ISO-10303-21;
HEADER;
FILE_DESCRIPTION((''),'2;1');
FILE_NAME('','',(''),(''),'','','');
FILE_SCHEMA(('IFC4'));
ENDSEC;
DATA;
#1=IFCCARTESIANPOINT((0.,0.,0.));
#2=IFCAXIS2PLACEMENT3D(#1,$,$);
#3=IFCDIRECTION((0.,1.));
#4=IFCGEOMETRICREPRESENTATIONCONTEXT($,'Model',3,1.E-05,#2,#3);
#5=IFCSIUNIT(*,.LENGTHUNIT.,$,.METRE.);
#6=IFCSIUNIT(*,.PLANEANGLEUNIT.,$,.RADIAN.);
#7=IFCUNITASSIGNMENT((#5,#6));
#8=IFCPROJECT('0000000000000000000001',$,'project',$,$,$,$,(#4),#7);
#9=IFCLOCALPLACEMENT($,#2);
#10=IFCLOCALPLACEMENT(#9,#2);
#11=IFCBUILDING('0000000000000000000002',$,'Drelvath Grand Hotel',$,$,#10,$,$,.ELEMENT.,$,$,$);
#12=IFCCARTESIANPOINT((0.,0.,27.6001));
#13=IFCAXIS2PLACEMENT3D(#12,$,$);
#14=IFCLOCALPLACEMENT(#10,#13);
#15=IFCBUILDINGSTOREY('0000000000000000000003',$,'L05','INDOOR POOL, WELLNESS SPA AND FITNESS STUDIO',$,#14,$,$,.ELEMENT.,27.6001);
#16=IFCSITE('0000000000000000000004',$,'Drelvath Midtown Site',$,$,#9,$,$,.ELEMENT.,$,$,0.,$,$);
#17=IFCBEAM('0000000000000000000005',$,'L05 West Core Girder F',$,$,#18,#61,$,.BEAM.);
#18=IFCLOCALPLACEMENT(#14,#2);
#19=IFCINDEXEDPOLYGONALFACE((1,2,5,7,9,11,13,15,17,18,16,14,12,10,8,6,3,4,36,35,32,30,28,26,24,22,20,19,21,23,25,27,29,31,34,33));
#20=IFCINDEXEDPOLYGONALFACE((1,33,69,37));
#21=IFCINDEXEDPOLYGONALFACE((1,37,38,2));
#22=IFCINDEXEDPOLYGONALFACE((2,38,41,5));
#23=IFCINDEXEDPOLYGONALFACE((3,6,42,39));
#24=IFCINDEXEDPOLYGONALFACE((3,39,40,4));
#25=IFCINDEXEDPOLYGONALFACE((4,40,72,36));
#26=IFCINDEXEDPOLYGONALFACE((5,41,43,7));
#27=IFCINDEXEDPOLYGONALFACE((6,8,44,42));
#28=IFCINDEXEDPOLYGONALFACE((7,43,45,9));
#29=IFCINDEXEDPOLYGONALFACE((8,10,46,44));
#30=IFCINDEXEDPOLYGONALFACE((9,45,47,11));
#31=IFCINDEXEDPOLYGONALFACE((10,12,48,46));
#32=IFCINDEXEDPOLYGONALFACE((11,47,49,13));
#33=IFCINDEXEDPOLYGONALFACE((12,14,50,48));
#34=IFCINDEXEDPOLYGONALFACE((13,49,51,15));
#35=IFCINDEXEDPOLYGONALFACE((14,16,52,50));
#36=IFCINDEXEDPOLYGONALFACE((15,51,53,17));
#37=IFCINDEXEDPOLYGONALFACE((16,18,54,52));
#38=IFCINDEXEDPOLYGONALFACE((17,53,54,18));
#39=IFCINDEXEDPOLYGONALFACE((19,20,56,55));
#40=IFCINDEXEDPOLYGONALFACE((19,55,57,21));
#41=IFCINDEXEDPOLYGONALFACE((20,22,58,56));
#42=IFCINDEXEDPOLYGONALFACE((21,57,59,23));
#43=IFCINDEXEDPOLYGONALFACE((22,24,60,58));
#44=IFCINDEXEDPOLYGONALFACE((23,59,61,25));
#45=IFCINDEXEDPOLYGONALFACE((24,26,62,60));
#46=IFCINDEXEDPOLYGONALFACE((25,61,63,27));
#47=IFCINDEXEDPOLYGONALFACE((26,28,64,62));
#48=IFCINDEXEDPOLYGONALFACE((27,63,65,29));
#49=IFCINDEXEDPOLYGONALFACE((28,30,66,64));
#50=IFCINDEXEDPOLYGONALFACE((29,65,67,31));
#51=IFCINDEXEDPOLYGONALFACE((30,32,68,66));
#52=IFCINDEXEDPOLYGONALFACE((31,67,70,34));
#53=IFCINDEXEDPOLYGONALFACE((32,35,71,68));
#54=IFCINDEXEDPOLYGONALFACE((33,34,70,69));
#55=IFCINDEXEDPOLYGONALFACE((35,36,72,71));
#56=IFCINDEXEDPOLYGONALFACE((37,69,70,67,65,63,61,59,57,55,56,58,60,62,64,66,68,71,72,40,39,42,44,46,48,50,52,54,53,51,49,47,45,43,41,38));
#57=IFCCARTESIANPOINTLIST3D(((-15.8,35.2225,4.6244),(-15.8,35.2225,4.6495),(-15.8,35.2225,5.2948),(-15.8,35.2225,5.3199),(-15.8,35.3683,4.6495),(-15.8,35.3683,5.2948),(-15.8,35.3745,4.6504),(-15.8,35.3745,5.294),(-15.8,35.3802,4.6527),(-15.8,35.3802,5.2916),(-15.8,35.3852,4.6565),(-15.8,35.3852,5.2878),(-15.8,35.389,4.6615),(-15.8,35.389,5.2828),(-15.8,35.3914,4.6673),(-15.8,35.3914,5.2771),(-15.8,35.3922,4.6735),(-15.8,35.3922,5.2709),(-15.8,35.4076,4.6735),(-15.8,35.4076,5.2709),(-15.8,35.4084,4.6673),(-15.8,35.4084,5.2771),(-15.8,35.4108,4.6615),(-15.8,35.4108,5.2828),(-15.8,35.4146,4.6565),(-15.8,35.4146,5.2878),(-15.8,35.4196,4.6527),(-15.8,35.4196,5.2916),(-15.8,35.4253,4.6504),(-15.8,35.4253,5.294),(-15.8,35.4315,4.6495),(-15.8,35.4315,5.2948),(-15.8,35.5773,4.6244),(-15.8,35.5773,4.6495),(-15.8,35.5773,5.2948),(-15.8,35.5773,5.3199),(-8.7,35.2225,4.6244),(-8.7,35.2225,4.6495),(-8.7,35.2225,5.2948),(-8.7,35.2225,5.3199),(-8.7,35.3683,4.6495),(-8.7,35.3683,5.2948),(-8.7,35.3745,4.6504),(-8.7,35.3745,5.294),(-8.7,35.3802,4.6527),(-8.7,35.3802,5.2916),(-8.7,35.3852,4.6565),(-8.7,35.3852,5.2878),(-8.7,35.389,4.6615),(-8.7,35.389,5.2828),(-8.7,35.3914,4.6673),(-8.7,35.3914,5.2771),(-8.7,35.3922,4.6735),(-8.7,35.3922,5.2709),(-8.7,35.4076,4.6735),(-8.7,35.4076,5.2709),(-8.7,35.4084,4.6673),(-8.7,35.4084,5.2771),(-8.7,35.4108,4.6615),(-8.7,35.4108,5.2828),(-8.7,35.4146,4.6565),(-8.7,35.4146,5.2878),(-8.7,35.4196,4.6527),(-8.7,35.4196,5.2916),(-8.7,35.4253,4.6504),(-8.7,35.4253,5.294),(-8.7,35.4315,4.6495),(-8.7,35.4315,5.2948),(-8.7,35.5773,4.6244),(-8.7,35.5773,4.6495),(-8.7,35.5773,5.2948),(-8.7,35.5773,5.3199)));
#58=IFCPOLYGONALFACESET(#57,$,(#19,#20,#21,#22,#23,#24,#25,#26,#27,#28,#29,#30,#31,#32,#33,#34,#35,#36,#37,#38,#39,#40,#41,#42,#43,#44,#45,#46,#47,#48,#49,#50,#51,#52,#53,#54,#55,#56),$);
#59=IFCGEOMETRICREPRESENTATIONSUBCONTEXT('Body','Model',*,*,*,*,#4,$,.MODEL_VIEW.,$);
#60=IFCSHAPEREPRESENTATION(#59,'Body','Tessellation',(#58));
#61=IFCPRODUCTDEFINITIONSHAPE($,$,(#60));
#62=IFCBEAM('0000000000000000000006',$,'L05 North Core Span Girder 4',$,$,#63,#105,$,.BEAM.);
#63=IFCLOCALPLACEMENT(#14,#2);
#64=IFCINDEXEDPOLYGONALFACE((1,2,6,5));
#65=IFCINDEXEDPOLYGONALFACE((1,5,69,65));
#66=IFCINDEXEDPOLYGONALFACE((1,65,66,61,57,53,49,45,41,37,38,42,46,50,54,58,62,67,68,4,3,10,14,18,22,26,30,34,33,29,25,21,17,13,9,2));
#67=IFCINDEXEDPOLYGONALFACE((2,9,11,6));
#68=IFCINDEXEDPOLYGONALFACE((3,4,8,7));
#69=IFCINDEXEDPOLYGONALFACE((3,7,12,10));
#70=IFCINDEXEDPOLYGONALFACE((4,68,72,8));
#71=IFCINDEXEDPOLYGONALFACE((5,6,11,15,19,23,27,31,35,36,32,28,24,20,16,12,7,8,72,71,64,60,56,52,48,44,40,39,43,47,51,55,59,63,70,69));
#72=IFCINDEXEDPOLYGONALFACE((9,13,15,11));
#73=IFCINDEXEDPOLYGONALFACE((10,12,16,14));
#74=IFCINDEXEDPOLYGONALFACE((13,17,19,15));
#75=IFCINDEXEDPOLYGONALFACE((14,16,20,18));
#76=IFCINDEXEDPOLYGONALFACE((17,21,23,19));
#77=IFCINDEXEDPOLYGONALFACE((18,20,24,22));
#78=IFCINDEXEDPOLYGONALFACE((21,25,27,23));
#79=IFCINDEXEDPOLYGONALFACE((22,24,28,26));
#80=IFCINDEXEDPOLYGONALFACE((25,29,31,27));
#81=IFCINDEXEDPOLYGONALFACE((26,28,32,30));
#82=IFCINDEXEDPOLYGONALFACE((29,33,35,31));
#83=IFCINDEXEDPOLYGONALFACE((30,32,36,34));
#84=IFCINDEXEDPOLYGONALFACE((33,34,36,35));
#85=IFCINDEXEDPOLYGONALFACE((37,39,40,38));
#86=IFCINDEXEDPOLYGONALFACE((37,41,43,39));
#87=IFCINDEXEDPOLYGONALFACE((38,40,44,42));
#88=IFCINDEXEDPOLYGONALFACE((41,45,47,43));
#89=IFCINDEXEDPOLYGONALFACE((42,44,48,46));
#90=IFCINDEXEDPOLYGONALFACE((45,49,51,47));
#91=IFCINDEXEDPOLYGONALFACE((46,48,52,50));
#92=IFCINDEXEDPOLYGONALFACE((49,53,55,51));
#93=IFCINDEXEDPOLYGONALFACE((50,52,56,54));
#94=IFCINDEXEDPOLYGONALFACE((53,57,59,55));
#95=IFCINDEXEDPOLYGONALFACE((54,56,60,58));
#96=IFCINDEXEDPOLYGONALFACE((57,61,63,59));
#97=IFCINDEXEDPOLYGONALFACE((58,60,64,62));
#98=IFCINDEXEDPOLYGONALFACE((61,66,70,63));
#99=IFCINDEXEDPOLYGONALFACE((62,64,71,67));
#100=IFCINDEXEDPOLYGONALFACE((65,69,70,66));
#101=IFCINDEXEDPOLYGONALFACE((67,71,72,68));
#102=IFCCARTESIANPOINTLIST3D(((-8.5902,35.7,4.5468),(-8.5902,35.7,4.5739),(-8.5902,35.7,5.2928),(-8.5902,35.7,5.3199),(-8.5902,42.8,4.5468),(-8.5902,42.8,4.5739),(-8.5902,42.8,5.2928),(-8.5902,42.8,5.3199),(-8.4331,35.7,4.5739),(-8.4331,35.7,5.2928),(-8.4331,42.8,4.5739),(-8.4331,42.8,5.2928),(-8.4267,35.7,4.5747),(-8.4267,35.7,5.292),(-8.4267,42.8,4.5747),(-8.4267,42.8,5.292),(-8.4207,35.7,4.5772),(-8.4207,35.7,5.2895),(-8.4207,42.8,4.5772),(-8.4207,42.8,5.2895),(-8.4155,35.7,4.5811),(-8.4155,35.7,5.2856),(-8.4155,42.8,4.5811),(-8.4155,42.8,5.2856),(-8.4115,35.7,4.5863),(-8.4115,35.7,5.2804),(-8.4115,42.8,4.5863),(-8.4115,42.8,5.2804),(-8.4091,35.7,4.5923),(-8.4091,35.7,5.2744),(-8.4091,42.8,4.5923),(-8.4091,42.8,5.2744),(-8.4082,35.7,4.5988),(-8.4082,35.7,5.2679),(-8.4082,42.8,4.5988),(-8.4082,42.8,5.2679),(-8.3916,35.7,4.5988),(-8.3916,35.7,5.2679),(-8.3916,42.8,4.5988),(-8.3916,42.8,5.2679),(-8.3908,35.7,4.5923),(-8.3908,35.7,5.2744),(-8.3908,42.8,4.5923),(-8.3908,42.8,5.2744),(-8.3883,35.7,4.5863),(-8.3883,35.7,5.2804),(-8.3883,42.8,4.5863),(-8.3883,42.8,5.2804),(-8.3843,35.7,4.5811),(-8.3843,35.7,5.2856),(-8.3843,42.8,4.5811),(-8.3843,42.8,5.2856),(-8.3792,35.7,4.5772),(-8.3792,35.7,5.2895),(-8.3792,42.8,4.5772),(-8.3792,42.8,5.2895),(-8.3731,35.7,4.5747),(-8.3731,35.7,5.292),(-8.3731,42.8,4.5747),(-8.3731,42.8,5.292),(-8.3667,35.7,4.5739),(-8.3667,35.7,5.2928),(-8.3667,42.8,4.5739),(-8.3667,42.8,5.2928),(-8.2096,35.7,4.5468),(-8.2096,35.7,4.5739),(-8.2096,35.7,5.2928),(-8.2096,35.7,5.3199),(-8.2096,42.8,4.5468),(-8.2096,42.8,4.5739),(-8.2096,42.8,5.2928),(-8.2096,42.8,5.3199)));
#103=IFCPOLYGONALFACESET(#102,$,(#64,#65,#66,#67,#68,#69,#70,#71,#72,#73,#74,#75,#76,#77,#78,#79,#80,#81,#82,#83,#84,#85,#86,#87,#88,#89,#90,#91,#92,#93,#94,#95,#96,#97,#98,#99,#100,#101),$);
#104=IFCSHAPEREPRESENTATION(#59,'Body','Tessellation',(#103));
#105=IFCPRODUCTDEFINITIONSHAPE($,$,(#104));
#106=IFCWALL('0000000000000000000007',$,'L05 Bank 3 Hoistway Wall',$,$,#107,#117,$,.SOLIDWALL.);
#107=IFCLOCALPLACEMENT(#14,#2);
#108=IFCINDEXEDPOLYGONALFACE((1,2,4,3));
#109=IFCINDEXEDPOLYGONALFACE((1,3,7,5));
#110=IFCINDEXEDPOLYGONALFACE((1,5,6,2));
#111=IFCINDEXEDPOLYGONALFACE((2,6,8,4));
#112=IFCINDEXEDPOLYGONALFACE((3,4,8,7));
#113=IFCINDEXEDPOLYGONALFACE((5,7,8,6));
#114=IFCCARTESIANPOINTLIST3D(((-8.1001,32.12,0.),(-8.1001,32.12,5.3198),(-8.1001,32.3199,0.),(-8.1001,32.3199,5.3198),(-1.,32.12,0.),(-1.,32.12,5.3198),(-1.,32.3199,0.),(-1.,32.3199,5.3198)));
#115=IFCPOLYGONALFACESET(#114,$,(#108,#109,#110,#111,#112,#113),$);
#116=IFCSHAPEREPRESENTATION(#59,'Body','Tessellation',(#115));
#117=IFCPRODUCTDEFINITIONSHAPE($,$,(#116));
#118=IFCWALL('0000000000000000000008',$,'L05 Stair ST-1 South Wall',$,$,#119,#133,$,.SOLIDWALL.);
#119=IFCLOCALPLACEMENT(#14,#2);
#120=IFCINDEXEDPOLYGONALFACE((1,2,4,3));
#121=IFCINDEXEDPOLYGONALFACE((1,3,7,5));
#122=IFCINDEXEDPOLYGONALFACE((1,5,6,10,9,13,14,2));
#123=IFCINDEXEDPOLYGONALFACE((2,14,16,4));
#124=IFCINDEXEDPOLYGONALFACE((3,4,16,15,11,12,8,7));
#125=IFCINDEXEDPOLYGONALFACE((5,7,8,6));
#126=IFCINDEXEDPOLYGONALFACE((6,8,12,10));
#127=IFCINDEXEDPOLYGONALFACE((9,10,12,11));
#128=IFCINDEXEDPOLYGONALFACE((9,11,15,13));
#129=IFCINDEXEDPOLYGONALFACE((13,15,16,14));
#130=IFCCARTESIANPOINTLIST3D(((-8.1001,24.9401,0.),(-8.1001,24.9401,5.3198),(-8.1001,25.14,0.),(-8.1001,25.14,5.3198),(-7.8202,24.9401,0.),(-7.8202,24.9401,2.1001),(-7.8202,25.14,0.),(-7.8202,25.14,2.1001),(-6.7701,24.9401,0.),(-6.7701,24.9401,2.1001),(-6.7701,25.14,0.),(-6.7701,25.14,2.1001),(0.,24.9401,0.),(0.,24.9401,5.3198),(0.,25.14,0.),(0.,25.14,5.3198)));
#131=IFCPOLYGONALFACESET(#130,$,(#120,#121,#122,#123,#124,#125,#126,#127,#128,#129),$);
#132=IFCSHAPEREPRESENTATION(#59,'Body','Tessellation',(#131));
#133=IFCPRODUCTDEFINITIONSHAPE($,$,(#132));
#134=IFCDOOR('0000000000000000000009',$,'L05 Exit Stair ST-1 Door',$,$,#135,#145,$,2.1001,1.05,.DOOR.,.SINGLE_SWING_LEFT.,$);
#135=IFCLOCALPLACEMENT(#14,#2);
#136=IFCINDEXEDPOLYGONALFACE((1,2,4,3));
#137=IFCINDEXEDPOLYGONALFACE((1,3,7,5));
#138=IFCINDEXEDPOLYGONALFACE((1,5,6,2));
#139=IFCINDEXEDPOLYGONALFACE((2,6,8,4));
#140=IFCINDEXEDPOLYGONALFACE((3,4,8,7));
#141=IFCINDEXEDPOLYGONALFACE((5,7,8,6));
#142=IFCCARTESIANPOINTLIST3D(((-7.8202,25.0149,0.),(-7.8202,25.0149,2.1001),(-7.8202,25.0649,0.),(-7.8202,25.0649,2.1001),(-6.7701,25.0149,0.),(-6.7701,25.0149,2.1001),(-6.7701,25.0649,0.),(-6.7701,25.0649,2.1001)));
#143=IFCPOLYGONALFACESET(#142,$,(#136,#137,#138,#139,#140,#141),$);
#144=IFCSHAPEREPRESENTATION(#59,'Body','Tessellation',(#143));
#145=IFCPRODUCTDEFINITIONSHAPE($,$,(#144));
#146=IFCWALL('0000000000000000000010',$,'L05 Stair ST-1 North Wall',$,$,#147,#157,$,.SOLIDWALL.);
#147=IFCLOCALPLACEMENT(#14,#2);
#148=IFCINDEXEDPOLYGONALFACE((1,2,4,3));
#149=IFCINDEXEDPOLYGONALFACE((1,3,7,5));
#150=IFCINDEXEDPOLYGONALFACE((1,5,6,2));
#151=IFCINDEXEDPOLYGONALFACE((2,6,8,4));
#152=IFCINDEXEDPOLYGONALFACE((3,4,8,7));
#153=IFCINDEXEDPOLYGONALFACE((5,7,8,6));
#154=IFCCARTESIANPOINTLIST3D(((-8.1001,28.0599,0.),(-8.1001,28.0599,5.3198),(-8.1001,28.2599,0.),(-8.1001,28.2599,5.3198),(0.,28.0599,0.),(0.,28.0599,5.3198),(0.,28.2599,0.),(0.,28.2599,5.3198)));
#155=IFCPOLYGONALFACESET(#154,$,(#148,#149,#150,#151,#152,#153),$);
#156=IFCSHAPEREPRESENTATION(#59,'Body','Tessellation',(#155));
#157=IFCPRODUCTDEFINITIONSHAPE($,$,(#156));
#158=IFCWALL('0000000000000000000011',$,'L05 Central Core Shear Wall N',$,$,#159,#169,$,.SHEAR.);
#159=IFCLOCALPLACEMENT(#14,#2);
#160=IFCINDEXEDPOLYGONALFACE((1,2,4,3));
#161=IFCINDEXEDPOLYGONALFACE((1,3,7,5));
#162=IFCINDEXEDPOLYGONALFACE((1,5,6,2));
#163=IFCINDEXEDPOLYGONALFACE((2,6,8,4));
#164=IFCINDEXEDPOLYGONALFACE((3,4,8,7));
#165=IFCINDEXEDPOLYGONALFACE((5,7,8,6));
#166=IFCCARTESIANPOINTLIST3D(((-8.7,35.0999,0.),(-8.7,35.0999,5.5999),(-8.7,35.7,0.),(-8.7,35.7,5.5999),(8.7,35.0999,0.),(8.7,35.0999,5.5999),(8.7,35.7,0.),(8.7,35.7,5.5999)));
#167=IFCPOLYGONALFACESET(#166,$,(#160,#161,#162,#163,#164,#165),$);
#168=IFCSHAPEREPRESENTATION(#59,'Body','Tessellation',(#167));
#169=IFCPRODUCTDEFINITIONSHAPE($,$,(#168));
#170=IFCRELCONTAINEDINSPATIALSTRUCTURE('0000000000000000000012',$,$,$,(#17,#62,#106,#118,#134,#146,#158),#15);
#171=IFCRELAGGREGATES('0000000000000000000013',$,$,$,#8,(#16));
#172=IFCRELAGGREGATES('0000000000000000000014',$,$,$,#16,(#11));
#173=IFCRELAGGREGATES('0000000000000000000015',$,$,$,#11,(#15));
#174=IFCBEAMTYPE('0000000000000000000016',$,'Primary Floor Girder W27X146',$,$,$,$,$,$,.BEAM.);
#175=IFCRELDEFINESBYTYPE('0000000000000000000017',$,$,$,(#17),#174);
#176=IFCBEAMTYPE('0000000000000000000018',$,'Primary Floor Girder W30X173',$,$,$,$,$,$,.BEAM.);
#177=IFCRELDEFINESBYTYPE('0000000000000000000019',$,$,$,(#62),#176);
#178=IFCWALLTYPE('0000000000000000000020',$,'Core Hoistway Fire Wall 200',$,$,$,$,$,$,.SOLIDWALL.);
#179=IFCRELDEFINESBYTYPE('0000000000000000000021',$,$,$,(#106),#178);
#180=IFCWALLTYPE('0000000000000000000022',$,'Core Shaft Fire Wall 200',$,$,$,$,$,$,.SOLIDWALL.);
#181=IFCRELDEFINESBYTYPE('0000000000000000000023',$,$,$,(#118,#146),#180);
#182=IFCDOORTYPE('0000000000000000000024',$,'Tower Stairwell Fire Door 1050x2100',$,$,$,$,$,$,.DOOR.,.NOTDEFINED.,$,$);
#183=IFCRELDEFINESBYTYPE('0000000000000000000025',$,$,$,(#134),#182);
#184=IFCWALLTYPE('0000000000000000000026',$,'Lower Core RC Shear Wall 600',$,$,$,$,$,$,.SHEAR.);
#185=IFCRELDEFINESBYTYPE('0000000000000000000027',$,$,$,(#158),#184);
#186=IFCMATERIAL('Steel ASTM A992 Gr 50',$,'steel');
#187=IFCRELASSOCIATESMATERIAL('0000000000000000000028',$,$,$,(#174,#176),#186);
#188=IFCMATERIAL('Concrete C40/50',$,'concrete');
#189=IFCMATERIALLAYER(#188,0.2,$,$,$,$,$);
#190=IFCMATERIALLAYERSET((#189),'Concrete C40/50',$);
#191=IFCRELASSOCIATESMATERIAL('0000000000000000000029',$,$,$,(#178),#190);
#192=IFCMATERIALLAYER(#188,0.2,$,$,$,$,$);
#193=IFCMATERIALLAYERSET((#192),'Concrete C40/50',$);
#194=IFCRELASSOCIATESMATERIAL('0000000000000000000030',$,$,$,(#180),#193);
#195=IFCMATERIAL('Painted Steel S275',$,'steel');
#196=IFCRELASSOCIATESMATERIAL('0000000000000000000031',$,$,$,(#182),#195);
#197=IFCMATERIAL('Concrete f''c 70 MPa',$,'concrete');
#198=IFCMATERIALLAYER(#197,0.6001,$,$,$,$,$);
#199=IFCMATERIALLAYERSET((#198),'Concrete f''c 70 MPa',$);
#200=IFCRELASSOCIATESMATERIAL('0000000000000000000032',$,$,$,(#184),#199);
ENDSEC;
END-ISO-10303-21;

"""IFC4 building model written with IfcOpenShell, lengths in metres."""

from ifc_helpers import new_model, si_unit, direction, frame, frame_2d, origin, origin_2d, place, context, subcontext, project, spatial, rectangle, i_section, extrude, material, layer, layer_set, material_profile, profile_set, type_object, element, fill, save


model = new_model("IFC4")

# Units and contexts
model_context = context("Model", 3, precision=1e-05, world=origin(), true_north=direction((0.0, 1.0)))
body_context = subcontext(model_context, "Body", "Model", "MODEL_VIEW")
ifc_project = project(units=[si_unit("LENGTHUNIT", "METRE"), si_unit("PLANEANGLEUNIT", "RADIAN")], contexts=[model_context])

# Site, building, storey
site_placement = place(None, origin())
site = spatial("IfcSite", under=ifc_project, at=site_placement, Name="Drelvath Midtown Site", CompositionType="ELEMENT", RefElevation=0.0)
building_placement = place(site_placement, origin())
building = spatial("IfcBuilding", under=site, at=building_placement, Name="Drelvath Grand Hotel", CompositionType="ELEMENT")
storey_placement = place(building_placement, frame((0.0, 0.0, 27.6001)))
storey = spatial("IfcBuildingStorey", under=building, at=storey_placement, Name="L05", Description="INDOOR POOL, WELLNESS SPA AND FITNESS STUDIO", CompositionType="ELEMENT", Elevation=27.6001)

# Beams
ifc_material_1 = material(Name="Steel ASTM A992 Gr 50", Category="steel")
ifc_material_2 = material(Name="Concrete f'c 70 MPa", Category="concrete")
ifc_material_profile_1 = material_profile(ifc_material_1, i_section(OverallWidth=0.3547, OverallDepth=0.6956, WebThickness=0.0154, FlangeThickness=0.0251, FilletRadius=0.0239, at=origin_2d()), Name="W27X146")
ifc_profile_set_1 = profile_set([ifc_material_profile_1], Name="Steel ASTM A992 Gr 50")
beam_type_1 = type_object("IfcBeamType", Name="Primary Floor Girder W27X146", PredefinedType="BEAM", material=ifc_profile_set_1)
for number, where, z_axis, x_axis, name in (
    (1, (-15.8, 35.3999, 4.9722), (1.0, 0.0, 0.0), (0.0, 1.0, 0.0), "L05 West Core Girder F"),
):
    element("IfcBeam", number, at=place(storey_placement, frame(where, z_axis=z_axis, x_axis=x_axis)), inside=storey, type_object=beam_type_1, Name=name, PredefinedType="BEAM", context=body_context, shape_type="SweptSolid", body=[
        extrude(i_section(OverallWidth=0.3547, OverallDepth=0.6956, WebThickness=0.0154, FlangeThickness=0.0251, FilletRadius=0.0239, at=origin_2d()), origin(), (0.0, 0.0, 1.0), 7.1001),
    ])
ifc_material_profile_2 = material_profile(ifc_material_1, i_section(OverallWidth=0.3806, OverallDepth=0.7732, WebThickness=0.0166, FlangeThickness=0.0271, FilletRadius=0.0249, at=origin_2d()), Name="W30X173")
ifc_profile_set_2 = profile_set([ifc_material_profile_2], Name="Steel ASTM A992 Gr 50")
beam_type_2 = type_object("IfcBeamType", Name="Primary Floor Girder W30X173", PredefinedType="BEAM", material=ifc_profile_set_2)
beam_1_placement = place(storey_placement, frame((-8.3999, 35.7, 4.9333), z_axis=(0.0, 1.0, 0.0), x_axis=(-1.0, 0.0, 0.0)))
element("IfcBeam", 2, at=beam_1_placement, inside=storey, type_object=beam_type_2, Name="L05 North Core Span Girder 4", PredefinedType="BEAM", context=body_context, shape_type="SweptSolid", body=[
    extrude(i_section(OverallWidth=0.3806, OverallDepth=0.7732, WebThickness=0.0166, FlangeThickness=0.0271, FilletRadius=0.0249, at=origin_2d()), origin(), (0.0, 0.0, 1.0), 7.1001),
])

# Wall
ifc_material_3 = material(Name="Concrete C40/50", Category="concrete")
ifc_layer_1 = layer(ifc_material_3, 0.2)
ifc_layer_set_1 = layer_set([ifc_layer_1], Name="Concrete C40/50")
wall_type_1 = type_object("IfcWallType", Name="Core Hoistway Fire Wall 200", PredefinedType="SOLIDWALL", material=ifc_layer_set_1)
wall_1_placement = place(storey_placement, frame((-8.1001, 32.22, 0.0), z_axis=(0.0, 0.0, 1.0), x_axis=(1.0, 0.0, 0.0)))
element("IfcWall", 3, at=wall_1_placement, inside=storey, type_object=wall_type_1, Name="L05 Bank 3 Hoistway Wall", PredefinedType="SOLIDWALL", context=body_context, shape_type="SweptSolid", body=[
    extrude(rectangle(XDim=7.1001, YDim=0.2, at=frame_2d((3.55, 0.0))), origin(), (0.0, 0.0, 1.0), 5.3198),
])

# Wall, opening, door
ifc_layer_2 = layer(ifc_material_3, 0.2)
ifc_layer_set_2 = layer_set([ifc_layer_2], Name="Concrete C40/50")
wall_type_2 = type_object("IfcWallType", Name="Core Shaft Fire Wall 200", PredefinedType="SOLIDWALL", material=ifc_layer_set_2)
wall_2_placement = place(storey_placement, frame((-8.1001, 25.04, 0.0), z_axis=(0.0, 0.0, 1.0), x_axis=(1.0, 0.0, 0.0)))
wall_2 = element("IfcWall", 4, at=wall_2_placement, inside=storey, type_object=wall_type_2, Name="L05 Stair ST-1 South Wall", PredefinedType="SOLIDWALL", context=body_context, shape_type="SweptSolid", body=[
    extrude(rectangle(XDim=8.1001, YDim=0.2, at=frame_2d((4.05, 0.0))), origin(), (0.0, 0.0, 1.0), 5.3198),
])
opening_1_placement = place(wall_2_placement, frame((0.28, 0.0, 0.0)))
opening_1 = element("IfcOpeningElement", 5, at=opening_1_placement, cuts=wall_2, PredefinedType="OPENING", context=body_context, shape_type="SweptSolid", body=[
    extrude(rectangle(XDim=1.05, YDim=2.1001, at=frame_2d((0.5249, 1.05))), frame((0.0, 0.1099, 0.0), z_axis=(0.0, -1.0, 0.0), x_axis=(1.0, 0.0, 0.0)), (0.0, 0.0, 1.0), 0.22),
])
ifc_material_4 = material(Name="Painted Steel S275", Category="steel")
door_type = type_object("IfcDoorType", Name="Tower Stairwell Fire Door 1050x2100", OperationType="NOTDEFINED", PredefinedType="DOOR", material=ifc_material_4)
door_placement = place(opening_1_placement, origin())
door = element("IfcDoor", 6, at=door_placement, inside=storey, type_object=door_type, Name="L05 Exit Stair ST-1 Door", OperationType="SINGLE_SWING_LEFT", OverallHeight=2.1001, OverallWidth=1.05, PredefinedType="DOOR", context=body_context, shape_type="SweptSolid", body=[
    extrude(rectangle(XDim=1.05, YDim=2.1001, at=frame_2d((0.5249, 1.05))), frame((0.0, 0.0249, 0.0), z_axis=(0.0, -1.0, 0.0), x_axis=(1.0, 0.0, 0.0)), (0.0, 0.0, 1.0), 0.05),
])
fill(opening_1, door)

# Walls
wall_3_placement = place(storey_placement, frame((-8.1001, 28.1599, 0.0), z_axis=(0.0, 0.0, 1.0), x_axis=(1.0, 0.0, 0.0)))
element("IfcWall", 7, at=wall_3_placement, inside=storey, type_object=wall_type_2, Name="L05 Stair ST-1 North Wall", PredefinedType="SOLIDWALL", context=body_context, shape_type="SweptSolid", body=[
    extrude(rectangle(XDim=8.1001, YDim=0.2, at=frame_2d((4.05, 0.0))), origin(), (0.0, 0.0, 1.0), 5.3198),
])
ifc_layer_3 = layer(ifc_material_2, 0.6001)
ifc_layer_set_3 = layer_set([ifc_layer_3], Name="Concrete f'c 70 MPa")
wall_type_3 = type_object("IfcWallType", Name="Lower Core RC Shear Wall 600", PredefinedType="SHEAR", material=ifc_layer_set_3)
wall_4_placement = place(storey_placement, frame((-8.7, 35.3999, 0.0), z_axis=(0.0, 0.0, 1.0), x_axis=(1.0, 0.0, 0.0)))
element("IfcWall", 8, at=wall_4_placement, inside=storey, type_object=wall_type_3, Name="L05 Central Core Shear Wall N", PredefinedType="SHEAR", context=body_context, shape_type="SweptSolid", body=[
    extrude(rectangle(XDim=17.3999, YDim=0.6001, at=frame_2d((8.7, 0.0))), origin(), (0.0, 0.0, 1.0), 5.5999),
])

save(model, "model.ifc")
